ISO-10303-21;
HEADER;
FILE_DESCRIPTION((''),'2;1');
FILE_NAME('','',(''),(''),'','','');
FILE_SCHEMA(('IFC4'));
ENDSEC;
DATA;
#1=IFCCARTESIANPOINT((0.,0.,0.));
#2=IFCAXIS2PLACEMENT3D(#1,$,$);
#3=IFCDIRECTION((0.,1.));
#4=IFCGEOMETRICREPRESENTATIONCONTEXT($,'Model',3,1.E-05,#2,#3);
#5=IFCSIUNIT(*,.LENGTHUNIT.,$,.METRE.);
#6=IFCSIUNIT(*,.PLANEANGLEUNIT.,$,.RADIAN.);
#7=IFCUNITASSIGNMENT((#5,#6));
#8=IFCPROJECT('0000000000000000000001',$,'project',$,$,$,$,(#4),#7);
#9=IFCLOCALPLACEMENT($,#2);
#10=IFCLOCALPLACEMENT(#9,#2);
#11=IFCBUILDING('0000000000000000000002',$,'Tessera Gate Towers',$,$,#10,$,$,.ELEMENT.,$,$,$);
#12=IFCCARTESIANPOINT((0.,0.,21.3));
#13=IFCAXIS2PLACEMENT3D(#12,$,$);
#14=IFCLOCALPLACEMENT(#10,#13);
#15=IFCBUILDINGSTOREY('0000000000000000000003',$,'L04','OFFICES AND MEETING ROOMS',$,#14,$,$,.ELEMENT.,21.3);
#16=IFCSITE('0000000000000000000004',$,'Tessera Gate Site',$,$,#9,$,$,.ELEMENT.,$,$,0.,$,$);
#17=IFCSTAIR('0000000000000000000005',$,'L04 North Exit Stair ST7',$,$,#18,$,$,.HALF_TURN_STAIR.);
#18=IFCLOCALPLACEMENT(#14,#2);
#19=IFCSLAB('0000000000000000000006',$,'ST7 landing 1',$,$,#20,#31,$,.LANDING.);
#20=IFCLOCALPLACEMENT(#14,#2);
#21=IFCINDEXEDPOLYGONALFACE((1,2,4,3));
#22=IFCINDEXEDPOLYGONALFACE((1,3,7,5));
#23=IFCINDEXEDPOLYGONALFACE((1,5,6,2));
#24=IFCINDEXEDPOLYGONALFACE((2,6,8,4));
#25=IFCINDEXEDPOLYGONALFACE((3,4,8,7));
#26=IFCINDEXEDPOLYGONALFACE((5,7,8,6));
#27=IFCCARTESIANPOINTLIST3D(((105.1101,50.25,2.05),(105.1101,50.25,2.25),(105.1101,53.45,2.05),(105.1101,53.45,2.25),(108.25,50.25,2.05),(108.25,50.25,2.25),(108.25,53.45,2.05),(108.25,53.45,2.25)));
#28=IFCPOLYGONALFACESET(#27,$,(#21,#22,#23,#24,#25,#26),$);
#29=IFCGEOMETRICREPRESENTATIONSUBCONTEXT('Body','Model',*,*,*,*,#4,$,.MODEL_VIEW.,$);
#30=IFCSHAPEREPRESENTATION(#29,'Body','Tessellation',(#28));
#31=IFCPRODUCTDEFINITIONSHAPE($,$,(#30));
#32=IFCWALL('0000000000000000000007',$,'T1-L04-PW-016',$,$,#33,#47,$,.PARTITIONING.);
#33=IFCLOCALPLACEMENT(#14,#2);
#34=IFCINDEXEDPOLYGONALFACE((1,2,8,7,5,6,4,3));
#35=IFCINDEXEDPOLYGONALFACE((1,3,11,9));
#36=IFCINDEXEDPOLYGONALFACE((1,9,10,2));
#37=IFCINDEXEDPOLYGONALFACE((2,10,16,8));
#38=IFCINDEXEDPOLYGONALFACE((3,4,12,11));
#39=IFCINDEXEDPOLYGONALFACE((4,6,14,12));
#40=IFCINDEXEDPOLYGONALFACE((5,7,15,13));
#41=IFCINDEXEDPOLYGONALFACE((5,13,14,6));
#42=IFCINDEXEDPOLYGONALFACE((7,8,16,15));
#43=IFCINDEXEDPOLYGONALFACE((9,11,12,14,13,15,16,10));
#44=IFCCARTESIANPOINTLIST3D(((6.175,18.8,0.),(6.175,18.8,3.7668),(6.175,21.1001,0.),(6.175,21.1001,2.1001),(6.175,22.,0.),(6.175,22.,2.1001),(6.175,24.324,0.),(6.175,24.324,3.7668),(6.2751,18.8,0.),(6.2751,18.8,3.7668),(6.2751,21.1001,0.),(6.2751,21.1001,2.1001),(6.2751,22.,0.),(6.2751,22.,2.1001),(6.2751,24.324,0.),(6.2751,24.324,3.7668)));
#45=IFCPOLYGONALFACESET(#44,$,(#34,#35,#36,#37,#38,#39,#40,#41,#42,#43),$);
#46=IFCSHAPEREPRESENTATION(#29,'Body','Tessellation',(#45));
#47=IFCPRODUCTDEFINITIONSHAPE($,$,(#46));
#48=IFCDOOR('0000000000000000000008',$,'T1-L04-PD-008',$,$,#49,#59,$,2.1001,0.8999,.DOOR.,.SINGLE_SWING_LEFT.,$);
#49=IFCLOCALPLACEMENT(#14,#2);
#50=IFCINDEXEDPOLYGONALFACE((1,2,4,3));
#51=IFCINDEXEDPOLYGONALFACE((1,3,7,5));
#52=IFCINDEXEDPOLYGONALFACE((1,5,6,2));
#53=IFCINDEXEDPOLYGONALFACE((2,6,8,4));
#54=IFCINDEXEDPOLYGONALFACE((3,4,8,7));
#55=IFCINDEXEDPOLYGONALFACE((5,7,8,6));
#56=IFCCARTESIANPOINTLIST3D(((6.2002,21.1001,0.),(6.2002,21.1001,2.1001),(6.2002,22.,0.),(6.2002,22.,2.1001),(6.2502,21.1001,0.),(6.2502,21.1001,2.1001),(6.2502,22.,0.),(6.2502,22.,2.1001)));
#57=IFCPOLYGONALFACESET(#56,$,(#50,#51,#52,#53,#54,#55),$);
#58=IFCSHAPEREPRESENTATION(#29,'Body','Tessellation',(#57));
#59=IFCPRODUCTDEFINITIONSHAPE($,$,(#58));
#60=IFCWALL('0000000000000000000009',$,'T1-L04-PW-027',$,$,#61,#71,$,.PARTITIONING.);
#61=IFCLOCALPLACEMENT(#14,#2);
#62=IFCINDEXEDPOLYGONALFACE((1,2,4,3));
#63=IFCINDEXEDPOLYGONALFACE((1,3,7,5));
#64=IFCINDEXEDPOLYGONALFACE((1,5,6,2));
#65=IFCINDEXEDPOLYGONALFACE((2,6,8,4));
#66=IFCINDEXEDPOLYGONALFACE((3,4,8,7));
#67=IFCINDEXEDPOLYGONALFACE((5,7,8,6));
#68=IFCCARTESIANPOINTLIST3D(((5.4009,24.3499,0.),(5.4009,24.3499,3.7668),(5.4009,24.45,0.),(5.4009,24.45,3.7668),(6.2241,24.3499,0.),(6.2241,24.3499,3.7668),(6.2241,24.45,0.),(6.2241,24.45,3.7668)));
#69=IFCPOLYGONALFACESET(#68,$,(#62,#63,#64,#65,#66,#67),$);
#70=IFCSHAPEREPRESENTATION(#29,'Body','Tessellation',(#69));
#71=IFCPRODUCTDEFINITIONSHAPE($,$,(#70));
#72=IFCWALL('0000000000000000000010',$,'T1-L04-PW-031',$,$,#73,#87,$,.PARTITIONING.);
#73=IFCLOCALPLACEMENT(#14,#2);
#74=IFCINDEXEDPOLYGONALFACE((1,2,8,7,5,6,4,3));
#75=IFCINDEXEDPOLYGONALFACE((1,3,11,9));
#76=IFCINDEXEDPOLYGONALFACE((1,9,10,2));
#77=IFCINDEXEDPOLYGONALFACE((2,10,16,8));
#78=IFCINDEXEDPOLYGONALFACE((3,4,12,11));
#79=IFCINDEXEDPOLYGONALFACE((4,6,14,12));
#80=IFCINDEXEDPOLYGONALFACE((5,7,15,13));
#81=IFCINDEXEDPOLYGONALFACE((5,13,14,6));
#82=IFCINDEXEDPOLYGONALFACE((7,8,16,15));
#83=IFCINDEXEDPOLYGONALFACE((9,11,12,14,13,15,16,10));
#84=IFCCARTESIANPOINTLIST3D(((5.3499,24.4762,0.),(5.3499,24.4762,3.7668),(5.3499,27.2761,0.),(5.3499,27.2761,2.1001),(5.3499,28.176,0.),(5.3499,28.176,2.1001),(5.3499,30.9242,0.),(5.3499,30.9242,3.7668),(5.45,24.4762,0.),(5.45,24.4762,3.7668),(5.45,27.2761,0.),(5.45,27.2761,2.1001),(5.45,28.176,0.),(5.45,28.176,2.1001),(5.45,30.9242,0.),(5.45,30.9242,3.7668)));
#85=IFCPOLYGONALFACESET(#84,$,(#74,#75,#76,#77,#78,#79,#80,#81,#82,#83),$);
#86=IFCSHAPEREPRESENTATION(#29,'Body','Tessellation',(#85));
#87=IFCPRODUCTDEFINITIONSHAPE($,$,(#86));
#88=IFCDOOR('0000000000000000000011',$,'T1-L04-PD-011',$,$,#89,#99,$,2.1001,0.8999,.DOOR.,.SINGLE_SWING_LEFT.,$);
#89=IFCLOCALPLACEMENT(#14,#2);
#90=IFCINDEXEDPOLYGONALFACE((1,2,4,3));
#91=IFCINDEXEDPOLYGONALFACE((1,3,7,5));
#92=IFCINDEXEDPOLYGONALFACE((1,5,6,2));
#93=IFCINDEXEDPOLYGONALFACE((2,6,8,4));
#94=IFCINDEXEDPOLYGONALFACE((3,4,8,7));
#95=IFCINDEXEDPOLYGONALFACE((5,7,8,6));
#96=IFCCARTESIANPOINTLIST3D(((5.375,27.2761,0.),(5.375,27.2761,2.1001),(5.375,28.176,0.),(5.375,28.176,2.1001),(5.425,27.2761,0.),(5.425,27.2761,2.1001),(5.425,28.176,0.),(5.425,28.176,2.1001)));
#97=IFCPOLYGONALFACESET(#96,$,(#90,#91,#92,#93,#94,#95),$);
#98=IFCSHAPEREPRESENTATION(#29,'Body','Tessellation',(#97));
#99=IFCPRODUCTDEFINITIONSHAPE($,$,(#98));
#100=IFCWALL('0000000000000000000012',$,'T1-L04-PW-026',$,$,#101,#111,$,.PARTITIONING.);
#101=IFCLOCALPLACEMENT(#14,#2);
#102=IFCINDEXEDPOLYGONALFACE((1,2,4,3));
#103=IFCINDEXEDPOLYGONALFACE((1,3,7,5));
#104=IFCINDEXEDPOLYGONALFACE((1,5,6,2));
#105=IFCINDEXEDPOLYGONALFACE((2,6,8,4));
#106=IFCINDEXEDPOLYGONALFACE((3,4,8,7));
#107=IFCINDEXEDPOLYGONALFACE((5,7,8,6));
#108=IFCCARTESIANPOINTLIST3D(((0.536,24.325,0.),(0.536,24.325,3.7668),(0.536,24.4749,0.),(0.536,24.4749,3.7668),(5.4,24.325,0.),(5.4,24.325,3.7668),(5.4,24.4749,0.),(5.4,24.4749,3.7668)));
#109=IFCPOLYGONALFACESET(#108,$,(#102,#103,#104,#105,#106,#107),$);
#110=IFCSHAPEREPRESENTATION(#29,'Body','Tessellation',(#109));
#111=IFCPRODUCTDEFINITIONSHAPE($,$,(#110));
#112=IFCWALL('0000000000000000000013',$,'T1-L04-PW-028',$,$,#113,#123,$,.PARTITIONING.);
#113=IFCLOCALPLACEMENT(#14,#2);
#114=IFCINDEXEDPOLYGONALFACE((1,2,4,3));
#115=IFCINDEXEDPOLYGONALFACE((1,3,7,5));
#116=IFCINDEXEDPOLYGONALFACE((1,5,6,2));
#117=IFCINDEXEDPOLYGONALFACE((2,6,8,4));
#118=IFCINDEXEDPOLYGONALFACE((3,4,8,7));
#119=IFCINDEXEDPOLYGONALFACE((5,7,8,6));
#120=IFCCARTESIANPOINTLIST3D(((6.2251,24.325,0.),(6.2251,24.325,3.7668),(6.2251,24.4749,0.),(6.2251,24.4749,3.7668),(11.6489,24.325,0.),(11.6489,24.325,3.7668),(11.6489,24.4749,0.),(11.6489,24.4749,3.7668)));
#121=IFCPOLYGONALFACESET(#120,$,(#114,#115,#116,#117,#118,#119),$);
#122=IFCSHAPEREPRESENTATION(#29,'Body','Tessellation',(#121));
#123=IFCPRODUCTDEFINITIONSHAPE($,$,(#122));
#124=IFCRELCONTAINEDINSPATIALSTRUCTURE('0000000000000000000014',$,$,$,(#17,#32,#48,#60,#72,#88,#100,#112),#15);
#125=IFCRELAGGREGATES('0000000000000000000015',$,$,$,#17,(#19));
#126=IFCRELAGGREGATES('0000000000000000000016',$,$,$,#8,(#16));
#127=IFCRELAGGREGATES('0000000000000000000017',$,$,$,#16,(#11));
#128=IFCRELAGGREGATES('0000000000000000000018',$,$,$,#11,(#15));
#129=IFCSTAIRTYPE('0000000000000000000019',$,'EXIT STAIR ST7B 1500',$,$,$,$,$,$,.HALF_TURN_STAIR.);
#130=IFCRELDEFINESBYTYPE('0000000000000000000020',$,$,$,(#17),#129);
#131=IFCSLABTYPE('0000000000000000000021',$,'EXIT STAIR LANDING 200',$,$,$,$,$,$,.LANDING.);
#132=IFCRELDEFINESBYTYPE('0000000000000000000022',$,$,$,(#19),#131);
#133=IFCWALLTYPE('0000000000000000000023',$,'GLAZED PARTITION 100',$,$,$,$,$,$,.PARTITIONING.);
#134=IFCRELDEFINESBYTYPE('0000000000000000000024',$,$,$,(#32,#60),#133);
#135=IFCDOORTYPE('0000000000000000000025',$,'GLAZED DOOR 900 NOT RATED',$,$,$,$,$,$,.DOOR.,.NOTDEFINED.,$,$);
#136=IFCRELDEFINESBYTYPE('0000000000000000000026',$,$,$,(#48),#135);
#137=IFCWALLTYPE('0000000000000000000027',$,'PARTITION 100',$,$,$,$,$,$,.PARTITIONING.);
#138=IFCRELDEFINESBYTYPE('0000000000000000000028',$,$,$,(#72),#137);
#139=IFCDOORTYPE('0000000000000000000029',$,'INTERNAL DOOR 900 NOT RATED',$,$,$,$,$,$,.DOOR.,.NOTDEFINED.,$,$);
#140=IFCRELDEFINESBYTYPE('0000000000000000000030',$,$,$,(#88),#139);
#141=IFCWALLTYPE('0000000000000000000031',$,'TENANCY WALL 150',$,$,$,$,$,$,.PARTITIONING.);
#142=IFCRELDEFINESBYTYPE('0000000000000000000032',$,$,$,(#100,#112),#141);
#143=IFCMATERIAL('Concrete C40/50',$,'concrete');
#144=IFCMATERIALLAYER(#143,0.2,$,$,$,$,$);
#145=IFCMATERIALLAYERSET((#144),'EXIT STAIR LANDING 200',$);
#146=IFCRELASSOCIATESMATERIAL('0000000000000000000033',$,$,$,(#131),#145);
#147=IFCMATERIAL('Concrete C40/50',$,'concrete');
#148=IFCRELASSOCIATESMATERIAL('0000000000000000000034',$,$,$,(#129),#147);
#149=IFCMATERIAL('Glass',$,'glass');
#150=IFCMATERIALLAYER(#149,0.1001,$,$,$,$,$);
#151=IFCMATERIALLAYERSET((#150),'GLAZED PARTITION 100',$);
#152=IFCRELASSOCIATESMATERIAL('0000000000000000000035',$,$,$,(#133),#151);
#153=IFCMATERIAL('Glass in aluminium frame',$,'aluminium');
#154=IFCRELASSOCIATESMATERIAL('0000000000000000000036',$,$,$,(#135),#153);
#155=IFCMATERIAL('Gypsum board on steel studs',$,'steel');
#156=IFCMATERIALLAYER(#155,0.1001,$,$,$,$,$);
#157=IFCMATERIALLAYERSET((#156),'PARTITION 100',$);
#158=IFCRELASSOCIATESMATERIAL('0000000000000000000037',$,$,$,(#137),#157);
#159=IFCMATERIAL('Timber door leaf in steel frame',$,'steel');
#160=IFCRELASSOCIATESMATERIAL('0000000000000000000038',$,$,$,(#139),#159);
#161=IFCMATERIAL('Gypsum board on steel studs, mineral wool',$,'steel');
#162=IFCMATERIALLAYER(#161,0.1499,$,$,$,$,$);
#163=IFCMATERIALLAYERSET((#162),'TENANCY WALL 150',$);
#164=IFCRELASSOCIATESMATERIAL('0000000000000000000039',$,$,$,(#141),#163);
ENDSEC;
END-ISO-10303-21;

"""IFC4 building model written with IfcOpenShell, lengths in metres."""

from ifc_helpers import new_model, si_unit, direction, frame, frame_2d, origin, place, context, subcontext, project, spatial, polyline, rectangle, outline, extrude, source, transform, mapped, material, layer, layer_set, type_object, element, fill, aggregate, save


model = new_model("IFC4")

# Units and contexts
model_context = context("Model", 3, precision=1e-05, world=origin(), true_north=direction((0.0, 1.0)))
body_context = subcontext(model_context, "Body", "Model", "MODEL_VIEW")
ifc_project = project(units=[si_unit("LENGTHUNIT", "METRE"), si_unit("PLANEANGLEUNIT", "RADIAN")], contexts=[model_context])

# Site, building, storey
site_placement = place(None, origin())
site = spatial("IfcSite", under=ifc_project, at=site_placement, Name="Tessera Gate Site", CompositionType="ELEMENT", RefElevation=0.0)
building_placement = place(site_placement, origin())
building = spatial("IfcBuilding", under=site, at=building_placement, Name="Tessera Gate Towers", CompositionType="ELEMENT")
storey_placement = place(building_placement, frame((0.0, 0.0, 21.3)))
storey = spatial("IfcBuildingStorey", under=building, at=storey_placement, Name="L04", Description="OFFICES AND MEETING ROOMS", CompositionType="ELEMENT", Elevation=21.3)

# Stair, slab
ifc_material_1 = material(Name="Concrete C40/50", Category="concrete")
ifc_layer_1 = layer(ifc_material_1, 0.2)
ifc_layer_set_1 = layer_set([ifc_layer_1], Name="EXIT STAIR LANDING 200")
slab_type_1 = type_object("IfcSlabType", Name="EXIT STAIR LANDING 200", PredefinedType="LANDING", material=ifc_layer_set_1)
ifc_material_2 = material(Name="Concrete C40/50", Category="concrete")
stair_type_1 = type_object("IfcStairType", Name="EXIT STAIR ST7B 1500", PredefinedType="HALF_TURN_STAIR", material=ifc_material_2)
stair_1_placement = place(storey_placement, origin())
stair_1 = element("IfcStair", 1, at=stair_1_placement, inside=storey, type_object=stair_type_1, Name="L04 North Exit Stair ST7", PredefinedType="HALF_TURN_STAIR")
slab_1_placement = place(storey_placement, frame((0.0, 0.0, 2.05)))
slab_1 = element("IfcSlab", 2, at=slab_1_placement, type_object=slab_type_1, Name="ST7 landing 1", PredefinedType="LANDING", context=body_context, shape_type="SweptSolid", body=[
    extrude(outline(polyline([(105.1101, 50.25), (108.25, 50.25), (108.25, 53.45), (105.1101, 53.45), (105.1101, 50.25)])), origin(), (0.0, 0.0, 1.0), 0.2),
])
aggregate(stair_1, [slab_1])

# Wall, opening, door
ifc_material_3 = material(Name="Glass", Category="glass")
ifc_layer_2 = layer(ifc_material_3, 0.1001)
ifc_layer_set_2 = layer_set([ifc_layer_2], Name="GLAZED PARTITION 100")
wall_type_1 = type_object("IfcWallType", Name="GLAZED PARTITION 100", PredefinedType="PARTITIONING", material=ifc_layer_set_2)
wall_1_placement = place(storey_placement, frame((6.2251, 18.8, 0.0), z_axis=(0.0, 0.0, 1.0), x_axis=(0.0, 1.0, 0.0)))
wall_1 = element("IfcWall", 3, at=wall_1_placement, inside=storey, type_object=wall_type_1, Name="T1-L04-PW-016", PredefinedType="PARTITIONING", context=body_context, shape_type="SweptSolid", body=[
    extrude(rectangle(XDim=5.5239, YDim=0.1001, at=frame_2d((2.762, 0.0))), origin(), (0.0, 0.0, 1.0), 3.7668),
])
shared_shape_1 = source(origin(), body_context, "Body", "SweptSolid", [
    extrude(rectangle(XDim=0.8999, YDim=2.1001, at=frame_2d((0.45, 1.05))), frame((0.0, 0.0601, 0.0), z_axis=(0.0, -1.0, 0.0), x_axis=(1.0, 0.0, 0.0)), (0.0, 0.0, 1.0), 0.1201),
])
opening_1_placement = place(wall_1_placement, frame((2.3, 0.0, 0.0)))
opening_1 = element("IfcOpeningElement", 4, at=opening_1_placement, cuts=wall_1, PredefinedType="OPENING", context=body_context, shape_type="MappedRepresentation", body=[
    mapped(shared_shape_1, transform((0.0, 0.0, 0.0), scale=1.0)),
])
ifc_material_4 = material(Name="Glass in aluminium frame", Category="aluminium")
door_type_1 = type_object("IfcDoorType", Name="GLAZED DOOR 900 NOT RATED", OperationType="NOTDEFINED", PredefinedType="DOOR", material=ifc_material_4)
shared_shape_2 = source(origin(), body_context, "Body", "SweptSolid", [
    extrude(rectangle(XDim=0.8999, YDim=2.1001, at=frame_2d((0.45, 1.05))), frame((0.0, 0.0249, 0.0), z_axis=(0.0, -1.0, 0.0), x_axis=(1.0, 0.0, 0.0)), (0.0, 0.0, 1.0), 0.05),
])
door_1_placement = place(opening_1_placement, origin())
door_1 = element("IfcDoor", 5, at=door_1_placement, inside=storey, type_object=door_type_1, Name="T1-L04-PD-008", OperationType="SINGLE_SWING_LEFT", OverallHeight=2.1001, OverallWidth=0.8999, PredefinedType="DOOR", context=body_context, shape_type="MappedRepresentation", body=[
    mapped(shared_shape_2, transform((0.0, 0.0, 0.0), scale=1.0)),
])
fill(opening_1, door_1)

# Wall
wall_2_placement = place(storey_placement, frame((5.4009, 24.3999, 0.0), z_axis=(0.0, 0.0, 1.0), x_axis=(1.0, 0.0, 0.0)))
element("IfcWall", 6, at=wall_2_placement, inside=storey, type_object=wall_type_1, Name="T1-L04-PW-027", PredefinedType="PARTITIONING", context=body_context, shape_type="SweptSolid", body=[
    extrude(rectangle(XDim=0.8232, YDim=0.1001, at=frame_2d((0.4116, 0.0))), origin(), (0.0, 0.0, 1.0), 3.7668),
])

# Wall, opening, door
ifc_material_5 = material(Name="Gypsum board on steel studs", Category="steel")
ifc_layer_3 = layer(ifc_material_5, 0.1001)
ifc_layer_set_3 = layer_set([ifc_layer_3], Name="PARTITION 100")
wall_type_2 = type_object("IfcWallType", Name="PARTITION 100", PredefinedType="PARTITIONING", material=ifc_layer_set_3)
wall_3_placement = place(storey_placement, frame((5.3999, 24.4761, 0.0), z_axis=(0.0, 0.0, 1.0), x_axis=(0.0, 1.0, 0.0)))
wall_3 = element("IfcWall", 7, at=wall_3_placement, inside=storey, type_object=wall_type_2, Name="T1-L04-PW-031", PredefinedType="PARTITIONING", context=body_context, shape_type="SweptSolid", body=[
    extrude(rectangle(XDim=6.448, YDim=0.1001, at=frame_2d((3.2241, 0.0))), origin(), (0.0, 0.0, 1.0), 3.7668),
])
opening_2_placement = place(wall_3_placement, frame((2.8, 0.0, 0.0)))
opening_2 = element("IfcOpeningElement", 8, at=opening_2_placement, cuts=wall_3, PredefinedType="OPENING", context=body_context, shape_type="MappedRepresentation", body=[
    mapped(shared_shape_1, transform((0.0, 0.0, 0.0), scale=1.0)),
])
ifc_material_6 = material(Name="Timber door leaf in steel frame", Category="steel")
door_type_2 = type_object("IfcDoorType", Name="INTERNAL DOOR 900 NOT RATED", OperationType="NOTDEFINED", PredefinedType="DOOR", material=ifc_material_6)
door_2_placement = place(opening_2_placement, origin())
door_2 = element("IfcDoor", 9, at=door_2_placement, inside=storey, type_object=door_type_2, Name="T1-L04-PD-011", OperationType="SINGLE_SWING_LEFT", OverallHeight=2.1001, OverallWidth=0.8999, PredefinedType="DOOR", context=body_context, shape_type="MappedRepresentation", body=[
    mapped(shared_shape_2, transform((0.0, 0.0, 0.0), scale=1.0)),
])
fill(opening_2, door_2)

# Walls
ifc_material_7 = material(Name="Gypsum board on steel studs, mineral wool", Category="steel")
ifc_layer_4 = layer(ifc_material_7, 0.1499)
ifc_layer_set_4 = layer_set([ifc_layer_4], Name="TENANCY WALL 150")
wall_type_3 = type_object("IfcWallType", Name="TENANCY WALL 150", PredefinedType="PARTITIONING", material=ifc_layer_set_4)
wall_4_placement = place(storey_placement, frame((0.5359, 24.3999, 0.0), z_axis=(0.0, 0.0, 1.0), x_axis=(1.0, 0.0, 0.0)))
element("IfcWall", 10, at=wall_4_placement, inside=storey, type_object=wall_type_3, Name="T1-L04-PW-026", PredefinedType="PARTITIONING", context=body_context, shape_type="SweptSolid", body=[
    extrude(rectangle(XDim=4.864, YDim=0.1499, at=frame_2d((2.4321, 0.0))), origin(), (0.0, 0.0, 1.0), 3.7668),
])
wall_5_placement = place(storey_placement, frame((6.2251, 24.3999, 0.0), z_axis=(0.0, 0.0, 1.0), x_axis=(1.0, 0.0, 0.0)))
element("IfcWall", 11, at=wall_5_placement, inside=storey, type_object=wall_type_3, Name="T1-L04-PW-028", PredefinedType="PARTITIONING", context=body_context, shape_type="SweptSolid", body=[
    extrude(rectangle(XDim=5.4238, YDim=0.1499, at=frame_2d((2.7119, 0.0))), origin(), (0.0, 0.0, 1.0), 3.7668),
])

save(model, "model.ifc")
